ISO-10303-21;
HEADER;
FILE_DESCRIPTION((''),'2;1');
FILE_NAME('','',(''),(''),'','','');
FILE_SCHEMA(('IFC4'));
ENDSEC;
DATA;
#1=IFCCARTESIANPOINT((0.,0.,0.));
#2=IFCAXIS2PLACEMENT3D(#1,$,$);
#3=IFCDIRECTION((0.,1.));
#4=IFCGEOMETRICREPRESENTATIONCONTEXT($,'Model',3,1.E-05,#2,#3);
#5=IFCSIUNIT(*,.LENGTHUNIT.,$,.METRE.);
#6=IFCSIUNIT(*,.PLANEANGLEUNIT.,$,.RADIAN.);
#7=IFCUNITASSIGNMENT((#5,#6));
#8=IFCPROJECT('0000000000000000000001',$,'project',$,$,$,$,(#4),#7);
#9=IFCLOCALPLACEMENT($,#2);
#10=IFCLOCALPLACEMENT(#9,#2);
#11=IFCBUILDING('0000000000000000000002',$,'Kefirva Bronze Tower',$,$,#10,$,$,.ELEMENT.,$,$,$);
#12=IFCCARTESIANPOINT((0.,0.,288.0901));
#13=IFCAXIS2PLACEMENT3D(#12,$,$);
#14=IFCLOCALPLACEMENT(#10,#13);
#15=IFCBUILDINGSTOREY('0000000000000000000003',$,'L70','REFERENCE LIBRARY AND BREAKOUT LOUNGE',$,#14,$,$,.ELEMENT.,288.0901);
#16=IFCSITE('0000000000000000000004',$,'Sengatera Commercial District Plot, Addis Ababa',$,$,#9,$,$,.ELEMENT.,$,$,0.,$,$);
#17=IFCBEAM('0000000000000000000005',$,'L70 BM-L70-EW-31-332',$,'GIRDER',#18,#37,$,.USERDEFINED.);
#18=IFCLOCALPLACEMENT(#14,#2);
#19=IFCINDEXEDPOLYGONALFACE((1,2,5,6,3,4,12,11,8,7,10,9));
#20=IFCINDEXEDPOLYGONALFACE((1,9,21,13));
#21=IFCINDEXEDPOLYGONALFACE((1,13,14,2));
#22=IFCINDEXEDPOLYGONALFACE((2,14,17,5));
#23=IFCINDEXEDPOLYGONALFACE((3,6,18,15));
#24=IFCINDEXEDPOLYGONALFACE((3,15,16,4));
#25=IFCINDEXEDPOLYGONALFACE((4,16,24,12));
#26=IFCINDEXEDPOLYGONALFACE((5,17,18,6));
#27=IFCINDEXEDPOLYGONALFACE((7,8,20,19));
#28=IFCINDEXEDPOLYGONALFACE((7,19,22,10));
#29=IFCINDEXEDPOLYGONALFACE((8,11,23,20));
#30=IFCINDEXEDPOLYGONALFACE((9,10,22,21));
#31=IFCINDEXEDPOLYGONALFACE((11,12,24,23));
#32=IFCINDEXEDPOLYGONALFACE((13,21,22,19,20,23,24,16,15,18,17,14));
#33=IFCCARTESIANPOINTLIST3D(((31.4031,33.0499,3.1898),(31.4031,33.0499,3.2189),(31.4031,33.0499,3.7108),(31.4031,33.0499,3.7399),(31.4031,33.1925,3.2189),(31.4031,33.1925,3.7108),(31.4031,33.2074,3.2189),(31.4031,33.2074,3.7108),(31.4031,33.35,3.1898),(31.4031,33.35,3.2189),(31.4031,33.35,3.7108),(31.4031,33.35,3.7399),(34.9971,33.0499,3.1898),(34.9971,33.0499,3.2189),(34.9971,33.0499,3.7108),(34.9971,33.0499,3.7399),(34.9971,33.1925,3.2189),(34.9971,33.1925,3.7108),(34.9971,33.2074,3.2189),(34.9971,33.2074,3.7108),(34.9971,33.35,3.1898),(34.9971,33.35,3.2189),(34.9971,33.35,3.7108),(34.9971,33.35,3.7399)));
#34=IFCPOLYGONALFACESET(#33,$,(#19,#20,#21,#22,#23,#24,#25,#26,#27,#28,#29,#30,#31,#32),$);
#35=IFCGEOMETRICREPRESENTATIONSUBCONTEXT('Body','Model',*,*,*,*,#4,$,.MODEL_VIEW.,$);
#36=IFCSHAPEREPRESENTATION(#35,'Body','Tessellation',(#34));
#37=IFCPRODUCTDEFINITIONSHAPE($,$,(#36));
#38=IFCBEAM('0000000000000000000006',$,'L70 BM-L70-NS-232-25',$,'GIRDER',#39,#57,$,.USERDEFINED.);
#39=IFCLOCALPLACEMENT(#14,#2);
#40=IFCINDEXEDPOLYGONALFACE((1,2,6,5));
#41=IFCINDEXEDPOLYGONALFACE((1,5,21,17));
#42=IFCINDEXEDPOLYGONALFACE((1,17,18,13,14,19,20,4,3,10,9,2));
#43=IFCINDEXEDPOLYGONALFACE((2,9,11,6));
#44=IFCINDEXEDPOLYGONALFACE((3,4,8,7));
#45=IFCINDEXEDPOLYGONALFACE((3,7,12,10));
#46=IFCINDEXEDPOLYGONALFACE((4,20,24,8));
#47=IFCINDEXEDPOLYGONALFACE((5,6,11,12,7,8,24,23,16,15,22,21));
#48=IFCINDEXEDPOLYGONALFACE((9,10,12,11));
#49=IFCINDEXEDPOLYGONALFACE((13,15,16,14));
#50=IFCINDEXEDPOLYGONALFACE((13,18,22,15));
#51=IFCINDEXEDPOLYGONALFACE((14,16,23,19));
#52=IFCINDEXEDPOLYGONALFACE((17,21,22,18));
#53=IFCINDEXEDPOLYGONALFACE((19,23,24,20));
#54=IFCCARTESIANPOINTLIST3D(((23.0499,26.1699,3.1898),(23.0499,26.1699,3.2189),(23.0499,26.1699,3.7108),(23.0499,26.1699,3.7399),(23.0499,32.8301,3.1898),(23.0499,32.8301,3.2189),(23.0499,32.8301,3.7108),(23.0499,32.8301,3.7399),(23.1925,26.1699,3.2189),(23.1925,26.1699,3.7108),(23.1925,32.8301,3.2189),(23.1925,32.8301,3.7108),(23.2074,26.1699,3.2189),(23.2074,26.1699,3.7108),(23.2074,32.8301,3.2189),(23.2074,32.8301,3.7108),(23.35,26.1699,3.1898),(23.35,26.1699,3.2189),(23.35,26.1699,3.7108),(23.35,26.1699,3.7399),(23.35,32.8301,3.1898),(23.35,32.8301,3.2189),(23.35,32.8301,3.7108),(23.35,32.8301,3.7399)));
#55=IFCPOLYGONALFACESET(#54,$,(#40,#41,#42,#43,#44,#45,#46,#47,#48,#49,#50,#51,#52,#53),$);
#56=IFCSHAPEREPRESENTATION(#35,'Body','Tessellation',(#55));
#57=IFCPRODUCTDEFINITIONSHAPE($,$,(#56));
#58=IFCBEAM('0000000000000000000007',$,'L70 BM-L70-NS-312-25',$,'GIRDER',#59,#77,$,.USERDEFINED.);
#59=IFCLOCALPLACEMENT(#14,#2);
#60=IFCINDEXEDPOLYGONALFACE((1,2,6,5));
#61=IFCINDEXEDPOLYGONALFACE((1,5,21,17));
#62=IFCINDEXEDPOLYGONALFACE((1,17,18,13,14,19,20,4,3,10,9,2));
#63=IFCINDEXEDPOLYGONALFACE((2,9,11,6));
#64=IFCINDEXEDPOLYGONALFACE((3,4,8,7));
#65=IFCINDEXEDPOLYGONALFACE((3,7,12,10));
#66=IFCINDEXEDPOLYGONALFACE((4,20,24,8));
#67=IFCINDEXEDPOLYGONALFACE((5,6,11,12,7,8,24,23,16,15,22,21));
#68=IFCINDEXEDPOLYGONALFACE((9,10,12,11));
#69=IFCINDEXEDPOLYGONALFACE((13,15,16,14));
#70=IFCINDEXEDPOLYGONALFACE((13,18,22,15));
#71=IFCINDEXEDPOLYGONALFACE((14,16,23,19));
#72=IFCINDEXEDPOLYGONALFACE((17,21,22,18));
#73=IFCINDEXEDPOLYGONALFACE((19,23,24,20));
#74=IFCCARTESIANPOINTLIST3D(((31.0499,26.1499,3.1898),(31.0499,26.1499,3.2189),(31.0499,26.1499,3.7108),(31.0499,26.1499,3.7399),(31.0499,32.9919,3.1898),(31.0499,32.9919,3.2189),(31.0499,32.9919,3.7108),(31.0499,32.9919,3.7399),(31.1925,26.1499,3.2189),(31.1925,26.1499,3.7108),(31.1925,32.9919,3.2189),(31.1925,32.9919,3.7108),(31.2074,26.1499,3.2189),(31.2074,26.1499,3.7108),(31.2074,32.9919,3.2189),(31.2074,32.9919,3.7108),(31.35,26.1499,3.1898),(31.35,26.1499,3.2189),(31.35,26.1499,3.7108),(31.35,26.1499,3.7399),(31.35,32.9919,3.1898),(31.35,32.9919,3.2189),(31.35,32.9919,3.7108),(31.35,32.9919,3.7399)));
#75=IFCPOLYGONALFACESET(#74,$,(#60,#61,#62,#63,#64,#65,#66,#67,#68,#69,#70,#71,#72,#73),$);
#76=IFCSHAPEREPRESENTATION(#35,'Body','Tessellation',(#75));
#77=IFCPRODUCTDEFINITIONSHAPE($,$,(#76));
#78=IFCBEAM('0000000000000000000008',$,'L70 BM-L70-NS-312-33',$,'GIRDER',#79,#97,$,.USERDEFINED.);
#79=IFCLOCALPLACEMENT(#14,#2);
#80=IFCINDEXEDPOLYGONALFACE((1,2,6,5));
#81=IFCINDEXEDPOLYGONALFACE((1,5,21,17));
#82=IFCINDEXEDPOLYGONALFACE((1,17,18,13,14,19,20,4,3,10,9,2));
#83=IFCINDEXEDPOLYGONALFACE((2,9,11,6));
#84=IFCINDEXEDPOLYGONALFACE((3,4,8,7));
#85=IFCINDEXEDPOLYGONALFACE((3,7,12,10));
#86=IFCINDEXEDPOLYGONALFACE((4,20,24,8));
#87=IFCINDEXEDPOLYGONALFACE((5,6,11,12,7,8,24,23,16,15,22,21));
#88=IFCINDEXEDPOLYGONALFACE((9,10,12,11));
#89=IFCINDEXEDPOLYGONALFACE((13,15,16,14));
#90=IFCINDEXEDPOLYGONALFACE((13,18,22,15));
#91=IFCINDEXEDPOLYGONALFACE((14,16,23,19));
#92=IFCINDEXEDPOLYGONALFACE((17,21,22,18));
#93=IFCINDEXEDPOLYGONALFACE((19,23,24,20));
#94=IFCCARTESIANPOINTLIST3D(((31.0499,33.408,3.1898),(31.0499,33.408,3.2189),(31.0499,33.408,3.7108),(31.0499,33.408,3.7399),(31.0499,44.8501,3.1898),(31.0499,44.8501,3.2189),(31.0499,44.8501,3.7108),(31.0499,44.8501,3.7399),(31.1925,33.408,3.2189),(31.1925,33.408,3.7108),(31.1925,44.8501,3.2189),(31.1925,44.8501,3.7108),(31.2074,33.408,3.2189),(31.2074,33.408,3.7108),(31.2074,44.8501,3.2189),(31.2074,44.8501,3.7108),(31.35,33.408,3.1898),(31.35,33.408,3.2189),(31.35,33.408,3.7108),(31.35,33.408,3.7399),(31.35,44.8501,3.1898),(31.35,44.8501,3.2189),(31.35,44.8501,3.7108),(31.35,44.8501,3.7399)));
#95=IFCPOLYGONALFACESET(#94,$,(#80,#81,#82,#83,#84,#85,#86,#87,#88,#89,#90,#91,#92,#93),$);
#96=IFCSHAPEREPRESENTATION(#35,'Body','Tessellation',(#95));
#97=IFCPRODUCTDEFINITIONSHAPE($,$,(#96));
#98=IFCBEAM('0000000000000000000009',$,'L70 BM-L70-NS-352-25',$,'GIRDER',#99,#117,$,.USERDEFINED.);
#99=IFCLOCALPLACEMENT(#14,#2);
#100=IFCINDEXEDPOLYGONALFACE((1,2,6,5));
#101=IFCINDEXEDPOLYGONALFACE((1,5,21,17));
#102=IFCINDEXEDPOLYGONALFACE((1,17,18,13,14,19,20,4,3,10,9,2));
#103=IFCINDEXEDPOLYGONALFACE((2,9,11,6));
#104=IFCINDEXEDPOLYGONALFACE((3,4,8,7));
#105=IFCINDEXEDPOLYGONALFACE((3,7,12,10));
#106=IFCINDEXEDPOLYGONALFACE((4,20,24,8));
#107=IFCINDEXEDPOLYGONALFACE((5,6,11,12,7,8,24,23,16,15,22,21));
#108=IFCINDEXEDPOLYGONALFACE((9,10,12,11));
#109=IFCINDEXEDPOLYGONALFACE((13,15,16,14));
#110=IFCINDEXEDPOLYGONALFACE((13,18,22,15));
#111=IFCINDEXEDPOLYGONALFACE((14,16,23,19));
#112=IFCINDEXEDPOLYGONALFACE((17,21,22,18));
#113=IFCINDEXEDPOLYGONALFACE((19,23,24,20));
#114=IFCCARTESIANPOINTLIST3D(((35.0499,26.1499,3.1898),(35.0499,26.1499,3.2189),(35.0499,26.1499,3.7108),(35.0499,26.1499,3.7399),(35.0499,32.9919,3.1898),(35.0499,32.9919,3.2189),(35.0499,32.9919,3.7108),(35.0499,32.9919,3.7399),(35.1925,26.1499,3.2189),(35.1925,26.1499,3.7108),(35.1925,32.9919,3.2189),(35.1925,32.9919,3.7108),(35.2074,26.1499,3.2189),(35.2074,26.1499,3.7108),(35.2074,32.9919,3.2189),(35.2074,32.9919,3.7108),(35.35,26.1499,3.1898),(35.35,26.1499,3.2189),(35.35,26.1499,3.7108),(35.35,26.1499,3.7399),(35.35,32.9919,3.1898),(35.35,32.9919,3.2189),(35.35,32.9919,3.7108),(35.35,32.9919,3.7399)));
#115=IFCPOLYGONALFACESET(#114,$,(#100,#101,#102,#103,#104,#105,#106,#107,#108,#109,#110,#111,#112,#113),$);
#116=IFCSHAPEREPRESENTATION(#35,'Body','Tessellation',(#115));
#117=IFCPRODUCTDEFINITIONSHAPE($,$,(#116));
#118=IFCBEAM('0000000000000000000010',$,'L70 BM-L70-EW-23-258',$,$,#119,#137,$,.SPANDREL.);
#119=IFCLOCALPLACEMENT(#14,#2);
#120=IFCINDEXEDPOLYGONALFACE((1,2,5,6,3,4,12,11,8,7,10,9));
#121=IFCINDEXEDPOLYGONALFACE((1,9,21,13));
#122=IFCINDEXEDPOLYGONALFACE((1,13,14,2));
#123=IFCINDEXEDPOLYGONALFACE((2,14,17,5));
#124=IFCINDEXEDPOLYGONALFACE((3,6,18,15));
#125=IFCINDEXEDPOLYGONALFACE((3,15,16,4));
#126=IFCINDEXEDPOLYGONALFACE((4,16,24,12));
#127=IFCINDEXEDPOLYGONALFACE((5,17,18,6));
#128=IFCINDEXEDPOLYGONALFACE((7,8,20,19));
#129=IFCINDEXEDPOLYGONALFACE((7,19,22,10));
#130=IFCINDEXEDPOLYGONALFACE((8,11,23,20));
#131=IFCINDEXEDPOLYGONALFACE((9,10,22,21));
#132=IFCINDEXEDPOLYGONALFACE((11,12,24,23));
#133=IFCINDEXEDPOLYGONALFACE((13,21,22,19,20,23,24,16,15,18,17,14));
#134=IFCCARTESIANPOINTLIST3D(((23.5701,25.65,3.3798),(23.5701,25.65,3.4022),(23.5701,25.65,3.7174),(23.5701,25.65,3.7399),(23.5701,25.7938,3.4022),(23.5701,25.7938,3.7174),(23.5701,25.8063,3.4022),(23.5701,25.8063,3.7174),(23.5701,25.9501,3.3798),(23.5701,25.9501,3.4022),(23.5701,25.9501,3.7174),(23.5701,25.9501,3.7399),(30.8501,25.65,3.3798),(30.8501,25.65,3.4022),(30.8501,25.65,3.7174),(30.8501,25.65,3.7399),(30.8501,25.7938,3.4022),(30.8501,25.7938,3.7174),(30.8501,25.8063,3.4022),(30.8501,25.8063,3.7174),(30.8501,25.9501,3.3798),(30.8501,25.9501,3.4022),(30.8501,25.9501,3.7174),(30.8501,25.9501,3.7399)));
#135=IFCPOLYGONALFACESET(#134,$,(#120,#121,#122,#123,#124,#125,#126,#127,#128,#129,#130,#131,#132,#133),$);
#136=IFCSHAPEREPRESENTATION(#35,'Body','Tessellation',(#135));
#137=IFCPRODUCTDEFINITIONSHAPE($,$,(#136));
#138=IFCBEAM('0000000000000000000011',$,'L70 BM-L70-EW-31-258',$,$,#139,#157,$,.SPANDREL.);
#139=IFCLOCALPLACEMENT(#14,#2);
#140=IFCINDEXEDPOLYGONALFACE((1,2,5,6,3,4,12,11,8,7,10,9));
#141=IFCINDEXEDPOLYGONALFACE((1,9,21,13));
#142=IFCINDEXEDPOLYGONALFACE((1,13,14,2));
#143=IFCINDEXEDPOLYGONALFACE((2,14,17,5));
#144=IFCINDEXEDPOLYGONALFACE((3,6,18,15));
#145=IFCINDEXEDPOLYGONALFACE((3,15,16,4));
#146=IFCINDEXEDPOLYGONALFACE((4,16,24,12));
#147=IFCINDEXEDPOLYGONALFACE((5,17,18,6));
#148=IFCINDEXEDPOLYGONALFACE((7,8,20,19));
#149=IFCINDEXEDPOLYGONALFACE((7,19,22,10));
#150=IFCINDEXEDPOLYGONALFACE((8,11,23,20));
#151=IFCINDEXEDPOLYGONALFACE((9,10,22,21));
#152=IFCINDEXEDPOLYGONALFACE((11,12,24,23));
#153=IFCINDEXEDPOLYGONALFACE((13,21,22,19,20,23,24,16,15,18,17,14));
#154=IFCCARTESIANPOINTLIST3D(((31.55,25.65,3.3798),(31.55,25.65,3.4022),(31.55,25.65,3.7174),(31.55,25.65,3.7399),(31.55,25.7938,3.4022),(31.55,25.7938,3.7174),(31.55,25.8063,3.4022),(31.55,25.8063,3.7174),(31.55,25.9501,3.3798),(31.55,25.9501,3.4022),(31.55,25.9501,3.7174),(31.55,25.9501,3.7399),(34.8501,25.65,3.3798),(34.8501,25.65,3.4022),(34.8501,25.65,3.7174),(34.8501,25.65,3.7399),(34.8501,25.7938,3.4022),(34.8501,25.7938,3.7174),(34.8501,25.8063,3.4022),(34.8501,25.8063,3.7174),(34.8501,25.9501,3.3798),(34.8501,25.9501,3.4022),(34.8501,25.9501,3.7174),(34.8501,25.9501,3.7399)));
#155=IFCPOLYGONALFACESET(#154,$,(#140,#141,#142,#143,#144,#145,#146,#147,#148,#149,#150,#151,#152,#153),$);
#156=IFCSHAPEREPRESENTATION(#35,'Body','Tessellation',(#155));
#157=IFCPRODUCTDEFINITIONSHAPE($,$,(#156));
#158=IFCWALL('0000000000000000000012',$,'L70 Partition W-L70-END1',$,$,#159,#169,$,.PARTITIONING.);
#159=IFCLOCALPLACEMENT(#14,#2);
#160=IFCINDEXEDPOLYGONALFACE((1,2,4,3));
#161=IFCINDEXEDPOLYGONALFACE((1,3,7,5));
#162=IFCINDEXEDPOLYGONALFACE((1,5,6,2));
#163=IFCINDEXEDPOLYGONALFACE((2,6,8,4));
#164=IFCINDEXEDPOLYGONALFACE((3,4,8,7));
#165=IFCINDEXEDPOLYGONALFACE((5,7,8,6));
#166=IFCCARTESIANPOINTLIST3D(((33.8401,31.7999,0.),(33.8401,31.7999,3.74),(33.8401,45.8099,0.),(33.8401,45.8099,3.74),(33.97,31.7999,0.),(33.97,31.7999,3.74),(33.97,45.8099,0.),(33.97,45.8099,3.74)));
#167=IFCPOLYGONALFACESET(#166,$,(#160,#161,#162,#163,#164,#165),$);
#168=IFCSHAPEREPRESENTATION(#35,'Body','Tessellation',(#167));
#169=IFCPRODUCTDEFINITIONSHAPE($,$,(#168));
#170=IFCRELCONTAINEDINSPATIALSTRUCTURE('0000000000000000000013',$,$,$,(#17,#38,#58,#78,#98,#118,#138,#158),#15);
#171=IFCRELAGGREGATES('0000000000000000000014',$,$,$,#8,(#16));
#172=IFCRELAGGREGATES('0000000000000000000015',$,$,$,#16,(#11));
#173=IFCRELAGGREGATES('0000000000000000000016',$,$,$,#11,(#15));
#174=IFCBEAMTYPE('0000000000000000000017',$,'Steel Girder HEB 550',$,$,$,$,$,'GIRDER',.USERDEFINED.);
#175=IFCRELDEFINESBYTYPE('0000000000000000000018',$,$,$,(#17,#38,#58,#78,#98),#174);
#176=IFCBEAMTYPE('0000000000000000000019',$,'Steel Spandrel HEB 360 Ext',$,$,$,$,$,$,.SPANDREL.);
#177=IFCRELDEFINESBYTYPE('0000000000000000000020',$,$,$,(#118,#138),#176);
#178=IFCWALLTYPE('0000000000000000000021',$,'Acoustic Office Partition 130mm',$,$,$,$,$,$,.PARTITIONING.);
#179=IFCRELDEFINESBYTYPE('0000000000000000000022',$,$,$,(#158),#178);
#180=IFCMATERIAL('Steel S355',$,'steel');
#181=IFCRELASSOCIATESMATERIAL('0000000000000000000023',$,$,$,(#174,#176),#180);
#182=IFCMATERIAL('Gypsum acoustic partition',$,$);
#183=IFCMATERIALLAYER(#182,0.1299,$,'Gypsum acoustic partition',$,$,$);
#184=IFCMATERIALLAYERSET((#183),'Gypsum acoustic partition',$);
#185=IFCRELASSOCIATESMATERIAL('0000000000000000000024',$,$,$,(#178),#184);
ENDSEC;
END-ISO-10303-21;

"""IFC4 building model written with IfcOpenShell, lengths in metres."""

from ifc_helpers import new_model, si_unit, direction, frame, frame_2d, origin, origin_2d, place, context, subcontext, project, spatial, rectangle, i_section, extrude, material, layer, layer_set, material_profile, profile_set, type_object, element, save


model = new_model("IFC4")

# Units and contexts
model_context = context("Model", 3, precision=1e-05, world=origin(), true_north=direction((0.0, 1.0)))
body_context = subcontext(model_context, "Body", "Model", "MODEL_VIEW")
ifc_project = project(units=[si_unit("LENGTHUNIT", "METRE"), si_unit("PLANEANGLEUNIT", "RADIAN")], contexts=[model_context])

# Site, building, storey
site_placement = place(None, origin())
site = spatial("IfcSite", under=ifc_project, at=site_placement, Name="Sengatera Commercial District Plot, Addis Ababa", CompositionType="ELEMENT", RefElevation=0.0)
building_placement = place(site_placement, origin())
building = spatial("IfcBuilding", under=site, at=building_placement, Name="Kefirva Bronze Tower", CompositionType="ELEMENT")
storey_placement = place(building_placement, frame((0.0, 0.0, 288.0901)))
storey = spatial("IfcBuildingStorey", under=building, at=storey_placement, Name="L70", Description="REFERENCE LIBRARY AND BREAKOUT LOUNGE", CompositionType="ELEMENT", Elevation=288.0901)

# Beams
ifc_material_1 = material(Name="Steel S355", Category="steel")
ifc_material_profile_1 = material_profile(ifc_material_1, i_section(OverallWidth=0.3, OverallDepth=0.55, WebThickness=0.0149, FlangeThickness=0.0291, at=origin_2d()), Name="HEB 550")
ifc_profile_set_1 = profile_set([ifc_material_profile_1], Name="Steel S355")
beam_type_1 = type_object("IfcBeamType", Name="Steel Girder HEB 550", ElementType="GIRDER", PredefinedType="USERDEFINED", material=ifc_profile_set_1)
beam_1_placement = place(storey_placement, frame((31.4031, 33.2, 3.4648), z_axis=(1.0, 0.0, 0.0), x_axis=(0.0, 1.0, 0.0)))
element("IfcBeam", 1, at=beam_1_placement, inside=storey, type_object=beam_type_1, Name="L70 BM-L70-EW-31-332", ObjectType="GIRDER", PredefinedType="USERDEFINED", context=body_context, shape_type="SweptSolid", body=[
    extrude(i_section(OverallWidth=0.3, OverallDepth=0.55, WebThickness=0.0149, FlangeThickness=0.0291, at=origin_2d()), origin(), (0.0, 0.0, 1.0), 3.594),
])
beam_2_placement = place(storey_placement, frame((23.2, 26.1699, 3.4648), z_axis=(0.0, 1.0, 0.0), x_axis=(-1.0, 0.0, 0.0)))
element("IfcBeam", 2, at=beam_2_placement, inside=storey, type_object=beam_type_1, Name="L70 BM-L70-NS-232-25", ObjectType="GIRDER", PredefinedType="USERDEFINED", context=body_context, shape_type="SweptSolid", body=[
    extrude(i_section(OverallWidth=0.3, OverallDepth=0.55, WebThickness=0.0149, FlangeThickness=0.0291, at=origin_2d()), origin(), (0.0, 0.0, 1.0), 6.6602),
])
beam_3_placement = place(storey_placement, frame((31.2, 26.1499, 3.4648), z_axis=(0.0, 1.0, 0.0), x_axis=(-1.0, 0.0, 0.0)))
element("IfcBeam", 3, at=beam_3_placement, inside=storey, type_object=beam_type_1, Name="L70 BM-L70-NS-312-25", ObjectType="GIRDER", PredefinedType="USERDEFINED", context=body_context, shape_type="SweptSolid", body=[
    extrude(i_section(OverallWidth=0.3, OverallDepth=0.55, WebThickness=0.0149, FlangeThickness=0.0291, at=origin_2d()), origin(), (0.0, 0.0, 1.0), 6.842),
])
beam_4_placement = place(storey_placement, frame((31.2, 33.408, 3.4648), z_axis=(0.0, 1.0, 0.0), x_axis=(-1.0, 0.0, 0.0)))
element("IfcBeam", 4, at=beam_4_placement, inside=storey, type_object=beam_type_1, Name="L70 BM-L70-NS-312-33", ObjectType="GIRDER", PredefinedType="USERDEFINED", context=body_context, shape_type="SweptSolid", body=[
    extrude(i_section(OverallWidth=0.3, OverallDepth=0.55, WebThickness=0.0149, FlangeThickness=0.0291, at=origin_2d()), origin(), (0.0, 0.0, 1.0), 11.4421),
])
beam_5_placement = place(storey_placement, frame((35.2, 26.1499, 3.4648), z_axis=(0.0, 1.0, 0.0), x_axis=(-1.0, 0.0, 0.0)))
element("IfcBeam", 5, at=beam_5_placement, inside=storey, type_object=beam_type_1, Name="L70 BM-L70-NS-352-25", ObjectType="GIRDER", PredefinedType="USERDEFINED", context=body_context, shape_type="SweptSolid", body=[
    extrude(i_section(OverallWidth=0.3, OverallDepth=0.55, WebThickness=0.0149, FlangeThickness=0.0291, at=origin_2d()), origin(), (0.0, 0.0, 1.0), 6.842),
])
ifc_material_profile_2 = material_profile(ifc_material_1, i_section(OverallWidth=0.3, OverallDepth=0.3601, WebThickness=0.0125, FlangeThickness=0.0225, at=origin_2d()), Name="HEB 360")
ifc_profile_set_2 = profile_set([ifc_material_profile_2], Name="Steel S355")
beam_type_2 = type_object("IfcBeamType", Name="Steel Spandrel HEB 360 Ext", PredefinedType="SPANDREL", material=ifc_profile_set_2)
beam_6_placement = place(storey_placement, frame((23.5701, 25.8, 3.5598), z_axis=(1.0, 0.0, 0.0), x_axis=(0.0, 1.0, 0.0)))
element("IfcBeam", 6, at=beam_6_placement, inside=storey, type_object=beam_type_2, Name="L70 BM-L70-EW-23-258", PredefinedType="SPANDREL", context=body_context, shape_type="SweptSolid", body=[
    extrude(i_section(OverallWidth=0.3, OverallDepth=0.3601, WebThickness=0.0125, FlangeThickness=0.0225, at=origin_2d()), origin(), (0.0, 0.0, 1.0), 7.28),
])
beam_7_placement = place(storey_placement, frame((31.55, 25.8, 3.5598), z_axis=(1.0, 0.0, 0.0), x_axis=(0.0, 1.0, 0.0)))
element("IfcBeam", 7, at=beam_7_placement, inside=storey, type_object=beam_type_2, Name="L70 BM-L70-EW-31-258", PredefinedType="SPANDREL", context=body_context, shape_type="SweptSolid", body=[
    extrude(i_section(OverallWidth=0.3, OverallDepth=0.3601, WebThickness=0.0125, FlangeThickness=0.0225, at=origin_2d()), origin(), (0.0, 0.0, 1.0), 3.3),
])

# Wall
ifc_material_2 = material(Name="Gypsum acoustic partition")
ifc_layer_1 = layer(ifc_material_2, 0.1299, Name="Gypsum acoustic partition")
ifc_layer_set_1 = layer_set([ifc_layer_1], Name="Gypsum acoustic partition")
wall_type_1 = type_object("IfcWallType", Name="Acoustic Office Partition 130mm", PredefinedType="PARTITIONING", material=ifc_layer_set_1)
wall_1_placement = place(storey_placement, frame((33.905, 31.8, 0.0), z_axis=(0.0, 0.0, 1.0), x_axis=(0.0, 1.0, 0.0)))
element("IfcWall", 8, at=wall_1_placement, inside=storey, type_object=wall_type_1, Name="L70 Partition W-L70-END1", PredefinedType="PARTITIONING", context=body_context, shape_type="SweptSolid", body=[
    extrude(rectangle(XDim=14.01, YDim=0.1299, at=frame_2d((7.0049, 0.0))), origin(), (0.0, 0.0, 1.0), 3.74),
])

save(model, "model.ifc")
